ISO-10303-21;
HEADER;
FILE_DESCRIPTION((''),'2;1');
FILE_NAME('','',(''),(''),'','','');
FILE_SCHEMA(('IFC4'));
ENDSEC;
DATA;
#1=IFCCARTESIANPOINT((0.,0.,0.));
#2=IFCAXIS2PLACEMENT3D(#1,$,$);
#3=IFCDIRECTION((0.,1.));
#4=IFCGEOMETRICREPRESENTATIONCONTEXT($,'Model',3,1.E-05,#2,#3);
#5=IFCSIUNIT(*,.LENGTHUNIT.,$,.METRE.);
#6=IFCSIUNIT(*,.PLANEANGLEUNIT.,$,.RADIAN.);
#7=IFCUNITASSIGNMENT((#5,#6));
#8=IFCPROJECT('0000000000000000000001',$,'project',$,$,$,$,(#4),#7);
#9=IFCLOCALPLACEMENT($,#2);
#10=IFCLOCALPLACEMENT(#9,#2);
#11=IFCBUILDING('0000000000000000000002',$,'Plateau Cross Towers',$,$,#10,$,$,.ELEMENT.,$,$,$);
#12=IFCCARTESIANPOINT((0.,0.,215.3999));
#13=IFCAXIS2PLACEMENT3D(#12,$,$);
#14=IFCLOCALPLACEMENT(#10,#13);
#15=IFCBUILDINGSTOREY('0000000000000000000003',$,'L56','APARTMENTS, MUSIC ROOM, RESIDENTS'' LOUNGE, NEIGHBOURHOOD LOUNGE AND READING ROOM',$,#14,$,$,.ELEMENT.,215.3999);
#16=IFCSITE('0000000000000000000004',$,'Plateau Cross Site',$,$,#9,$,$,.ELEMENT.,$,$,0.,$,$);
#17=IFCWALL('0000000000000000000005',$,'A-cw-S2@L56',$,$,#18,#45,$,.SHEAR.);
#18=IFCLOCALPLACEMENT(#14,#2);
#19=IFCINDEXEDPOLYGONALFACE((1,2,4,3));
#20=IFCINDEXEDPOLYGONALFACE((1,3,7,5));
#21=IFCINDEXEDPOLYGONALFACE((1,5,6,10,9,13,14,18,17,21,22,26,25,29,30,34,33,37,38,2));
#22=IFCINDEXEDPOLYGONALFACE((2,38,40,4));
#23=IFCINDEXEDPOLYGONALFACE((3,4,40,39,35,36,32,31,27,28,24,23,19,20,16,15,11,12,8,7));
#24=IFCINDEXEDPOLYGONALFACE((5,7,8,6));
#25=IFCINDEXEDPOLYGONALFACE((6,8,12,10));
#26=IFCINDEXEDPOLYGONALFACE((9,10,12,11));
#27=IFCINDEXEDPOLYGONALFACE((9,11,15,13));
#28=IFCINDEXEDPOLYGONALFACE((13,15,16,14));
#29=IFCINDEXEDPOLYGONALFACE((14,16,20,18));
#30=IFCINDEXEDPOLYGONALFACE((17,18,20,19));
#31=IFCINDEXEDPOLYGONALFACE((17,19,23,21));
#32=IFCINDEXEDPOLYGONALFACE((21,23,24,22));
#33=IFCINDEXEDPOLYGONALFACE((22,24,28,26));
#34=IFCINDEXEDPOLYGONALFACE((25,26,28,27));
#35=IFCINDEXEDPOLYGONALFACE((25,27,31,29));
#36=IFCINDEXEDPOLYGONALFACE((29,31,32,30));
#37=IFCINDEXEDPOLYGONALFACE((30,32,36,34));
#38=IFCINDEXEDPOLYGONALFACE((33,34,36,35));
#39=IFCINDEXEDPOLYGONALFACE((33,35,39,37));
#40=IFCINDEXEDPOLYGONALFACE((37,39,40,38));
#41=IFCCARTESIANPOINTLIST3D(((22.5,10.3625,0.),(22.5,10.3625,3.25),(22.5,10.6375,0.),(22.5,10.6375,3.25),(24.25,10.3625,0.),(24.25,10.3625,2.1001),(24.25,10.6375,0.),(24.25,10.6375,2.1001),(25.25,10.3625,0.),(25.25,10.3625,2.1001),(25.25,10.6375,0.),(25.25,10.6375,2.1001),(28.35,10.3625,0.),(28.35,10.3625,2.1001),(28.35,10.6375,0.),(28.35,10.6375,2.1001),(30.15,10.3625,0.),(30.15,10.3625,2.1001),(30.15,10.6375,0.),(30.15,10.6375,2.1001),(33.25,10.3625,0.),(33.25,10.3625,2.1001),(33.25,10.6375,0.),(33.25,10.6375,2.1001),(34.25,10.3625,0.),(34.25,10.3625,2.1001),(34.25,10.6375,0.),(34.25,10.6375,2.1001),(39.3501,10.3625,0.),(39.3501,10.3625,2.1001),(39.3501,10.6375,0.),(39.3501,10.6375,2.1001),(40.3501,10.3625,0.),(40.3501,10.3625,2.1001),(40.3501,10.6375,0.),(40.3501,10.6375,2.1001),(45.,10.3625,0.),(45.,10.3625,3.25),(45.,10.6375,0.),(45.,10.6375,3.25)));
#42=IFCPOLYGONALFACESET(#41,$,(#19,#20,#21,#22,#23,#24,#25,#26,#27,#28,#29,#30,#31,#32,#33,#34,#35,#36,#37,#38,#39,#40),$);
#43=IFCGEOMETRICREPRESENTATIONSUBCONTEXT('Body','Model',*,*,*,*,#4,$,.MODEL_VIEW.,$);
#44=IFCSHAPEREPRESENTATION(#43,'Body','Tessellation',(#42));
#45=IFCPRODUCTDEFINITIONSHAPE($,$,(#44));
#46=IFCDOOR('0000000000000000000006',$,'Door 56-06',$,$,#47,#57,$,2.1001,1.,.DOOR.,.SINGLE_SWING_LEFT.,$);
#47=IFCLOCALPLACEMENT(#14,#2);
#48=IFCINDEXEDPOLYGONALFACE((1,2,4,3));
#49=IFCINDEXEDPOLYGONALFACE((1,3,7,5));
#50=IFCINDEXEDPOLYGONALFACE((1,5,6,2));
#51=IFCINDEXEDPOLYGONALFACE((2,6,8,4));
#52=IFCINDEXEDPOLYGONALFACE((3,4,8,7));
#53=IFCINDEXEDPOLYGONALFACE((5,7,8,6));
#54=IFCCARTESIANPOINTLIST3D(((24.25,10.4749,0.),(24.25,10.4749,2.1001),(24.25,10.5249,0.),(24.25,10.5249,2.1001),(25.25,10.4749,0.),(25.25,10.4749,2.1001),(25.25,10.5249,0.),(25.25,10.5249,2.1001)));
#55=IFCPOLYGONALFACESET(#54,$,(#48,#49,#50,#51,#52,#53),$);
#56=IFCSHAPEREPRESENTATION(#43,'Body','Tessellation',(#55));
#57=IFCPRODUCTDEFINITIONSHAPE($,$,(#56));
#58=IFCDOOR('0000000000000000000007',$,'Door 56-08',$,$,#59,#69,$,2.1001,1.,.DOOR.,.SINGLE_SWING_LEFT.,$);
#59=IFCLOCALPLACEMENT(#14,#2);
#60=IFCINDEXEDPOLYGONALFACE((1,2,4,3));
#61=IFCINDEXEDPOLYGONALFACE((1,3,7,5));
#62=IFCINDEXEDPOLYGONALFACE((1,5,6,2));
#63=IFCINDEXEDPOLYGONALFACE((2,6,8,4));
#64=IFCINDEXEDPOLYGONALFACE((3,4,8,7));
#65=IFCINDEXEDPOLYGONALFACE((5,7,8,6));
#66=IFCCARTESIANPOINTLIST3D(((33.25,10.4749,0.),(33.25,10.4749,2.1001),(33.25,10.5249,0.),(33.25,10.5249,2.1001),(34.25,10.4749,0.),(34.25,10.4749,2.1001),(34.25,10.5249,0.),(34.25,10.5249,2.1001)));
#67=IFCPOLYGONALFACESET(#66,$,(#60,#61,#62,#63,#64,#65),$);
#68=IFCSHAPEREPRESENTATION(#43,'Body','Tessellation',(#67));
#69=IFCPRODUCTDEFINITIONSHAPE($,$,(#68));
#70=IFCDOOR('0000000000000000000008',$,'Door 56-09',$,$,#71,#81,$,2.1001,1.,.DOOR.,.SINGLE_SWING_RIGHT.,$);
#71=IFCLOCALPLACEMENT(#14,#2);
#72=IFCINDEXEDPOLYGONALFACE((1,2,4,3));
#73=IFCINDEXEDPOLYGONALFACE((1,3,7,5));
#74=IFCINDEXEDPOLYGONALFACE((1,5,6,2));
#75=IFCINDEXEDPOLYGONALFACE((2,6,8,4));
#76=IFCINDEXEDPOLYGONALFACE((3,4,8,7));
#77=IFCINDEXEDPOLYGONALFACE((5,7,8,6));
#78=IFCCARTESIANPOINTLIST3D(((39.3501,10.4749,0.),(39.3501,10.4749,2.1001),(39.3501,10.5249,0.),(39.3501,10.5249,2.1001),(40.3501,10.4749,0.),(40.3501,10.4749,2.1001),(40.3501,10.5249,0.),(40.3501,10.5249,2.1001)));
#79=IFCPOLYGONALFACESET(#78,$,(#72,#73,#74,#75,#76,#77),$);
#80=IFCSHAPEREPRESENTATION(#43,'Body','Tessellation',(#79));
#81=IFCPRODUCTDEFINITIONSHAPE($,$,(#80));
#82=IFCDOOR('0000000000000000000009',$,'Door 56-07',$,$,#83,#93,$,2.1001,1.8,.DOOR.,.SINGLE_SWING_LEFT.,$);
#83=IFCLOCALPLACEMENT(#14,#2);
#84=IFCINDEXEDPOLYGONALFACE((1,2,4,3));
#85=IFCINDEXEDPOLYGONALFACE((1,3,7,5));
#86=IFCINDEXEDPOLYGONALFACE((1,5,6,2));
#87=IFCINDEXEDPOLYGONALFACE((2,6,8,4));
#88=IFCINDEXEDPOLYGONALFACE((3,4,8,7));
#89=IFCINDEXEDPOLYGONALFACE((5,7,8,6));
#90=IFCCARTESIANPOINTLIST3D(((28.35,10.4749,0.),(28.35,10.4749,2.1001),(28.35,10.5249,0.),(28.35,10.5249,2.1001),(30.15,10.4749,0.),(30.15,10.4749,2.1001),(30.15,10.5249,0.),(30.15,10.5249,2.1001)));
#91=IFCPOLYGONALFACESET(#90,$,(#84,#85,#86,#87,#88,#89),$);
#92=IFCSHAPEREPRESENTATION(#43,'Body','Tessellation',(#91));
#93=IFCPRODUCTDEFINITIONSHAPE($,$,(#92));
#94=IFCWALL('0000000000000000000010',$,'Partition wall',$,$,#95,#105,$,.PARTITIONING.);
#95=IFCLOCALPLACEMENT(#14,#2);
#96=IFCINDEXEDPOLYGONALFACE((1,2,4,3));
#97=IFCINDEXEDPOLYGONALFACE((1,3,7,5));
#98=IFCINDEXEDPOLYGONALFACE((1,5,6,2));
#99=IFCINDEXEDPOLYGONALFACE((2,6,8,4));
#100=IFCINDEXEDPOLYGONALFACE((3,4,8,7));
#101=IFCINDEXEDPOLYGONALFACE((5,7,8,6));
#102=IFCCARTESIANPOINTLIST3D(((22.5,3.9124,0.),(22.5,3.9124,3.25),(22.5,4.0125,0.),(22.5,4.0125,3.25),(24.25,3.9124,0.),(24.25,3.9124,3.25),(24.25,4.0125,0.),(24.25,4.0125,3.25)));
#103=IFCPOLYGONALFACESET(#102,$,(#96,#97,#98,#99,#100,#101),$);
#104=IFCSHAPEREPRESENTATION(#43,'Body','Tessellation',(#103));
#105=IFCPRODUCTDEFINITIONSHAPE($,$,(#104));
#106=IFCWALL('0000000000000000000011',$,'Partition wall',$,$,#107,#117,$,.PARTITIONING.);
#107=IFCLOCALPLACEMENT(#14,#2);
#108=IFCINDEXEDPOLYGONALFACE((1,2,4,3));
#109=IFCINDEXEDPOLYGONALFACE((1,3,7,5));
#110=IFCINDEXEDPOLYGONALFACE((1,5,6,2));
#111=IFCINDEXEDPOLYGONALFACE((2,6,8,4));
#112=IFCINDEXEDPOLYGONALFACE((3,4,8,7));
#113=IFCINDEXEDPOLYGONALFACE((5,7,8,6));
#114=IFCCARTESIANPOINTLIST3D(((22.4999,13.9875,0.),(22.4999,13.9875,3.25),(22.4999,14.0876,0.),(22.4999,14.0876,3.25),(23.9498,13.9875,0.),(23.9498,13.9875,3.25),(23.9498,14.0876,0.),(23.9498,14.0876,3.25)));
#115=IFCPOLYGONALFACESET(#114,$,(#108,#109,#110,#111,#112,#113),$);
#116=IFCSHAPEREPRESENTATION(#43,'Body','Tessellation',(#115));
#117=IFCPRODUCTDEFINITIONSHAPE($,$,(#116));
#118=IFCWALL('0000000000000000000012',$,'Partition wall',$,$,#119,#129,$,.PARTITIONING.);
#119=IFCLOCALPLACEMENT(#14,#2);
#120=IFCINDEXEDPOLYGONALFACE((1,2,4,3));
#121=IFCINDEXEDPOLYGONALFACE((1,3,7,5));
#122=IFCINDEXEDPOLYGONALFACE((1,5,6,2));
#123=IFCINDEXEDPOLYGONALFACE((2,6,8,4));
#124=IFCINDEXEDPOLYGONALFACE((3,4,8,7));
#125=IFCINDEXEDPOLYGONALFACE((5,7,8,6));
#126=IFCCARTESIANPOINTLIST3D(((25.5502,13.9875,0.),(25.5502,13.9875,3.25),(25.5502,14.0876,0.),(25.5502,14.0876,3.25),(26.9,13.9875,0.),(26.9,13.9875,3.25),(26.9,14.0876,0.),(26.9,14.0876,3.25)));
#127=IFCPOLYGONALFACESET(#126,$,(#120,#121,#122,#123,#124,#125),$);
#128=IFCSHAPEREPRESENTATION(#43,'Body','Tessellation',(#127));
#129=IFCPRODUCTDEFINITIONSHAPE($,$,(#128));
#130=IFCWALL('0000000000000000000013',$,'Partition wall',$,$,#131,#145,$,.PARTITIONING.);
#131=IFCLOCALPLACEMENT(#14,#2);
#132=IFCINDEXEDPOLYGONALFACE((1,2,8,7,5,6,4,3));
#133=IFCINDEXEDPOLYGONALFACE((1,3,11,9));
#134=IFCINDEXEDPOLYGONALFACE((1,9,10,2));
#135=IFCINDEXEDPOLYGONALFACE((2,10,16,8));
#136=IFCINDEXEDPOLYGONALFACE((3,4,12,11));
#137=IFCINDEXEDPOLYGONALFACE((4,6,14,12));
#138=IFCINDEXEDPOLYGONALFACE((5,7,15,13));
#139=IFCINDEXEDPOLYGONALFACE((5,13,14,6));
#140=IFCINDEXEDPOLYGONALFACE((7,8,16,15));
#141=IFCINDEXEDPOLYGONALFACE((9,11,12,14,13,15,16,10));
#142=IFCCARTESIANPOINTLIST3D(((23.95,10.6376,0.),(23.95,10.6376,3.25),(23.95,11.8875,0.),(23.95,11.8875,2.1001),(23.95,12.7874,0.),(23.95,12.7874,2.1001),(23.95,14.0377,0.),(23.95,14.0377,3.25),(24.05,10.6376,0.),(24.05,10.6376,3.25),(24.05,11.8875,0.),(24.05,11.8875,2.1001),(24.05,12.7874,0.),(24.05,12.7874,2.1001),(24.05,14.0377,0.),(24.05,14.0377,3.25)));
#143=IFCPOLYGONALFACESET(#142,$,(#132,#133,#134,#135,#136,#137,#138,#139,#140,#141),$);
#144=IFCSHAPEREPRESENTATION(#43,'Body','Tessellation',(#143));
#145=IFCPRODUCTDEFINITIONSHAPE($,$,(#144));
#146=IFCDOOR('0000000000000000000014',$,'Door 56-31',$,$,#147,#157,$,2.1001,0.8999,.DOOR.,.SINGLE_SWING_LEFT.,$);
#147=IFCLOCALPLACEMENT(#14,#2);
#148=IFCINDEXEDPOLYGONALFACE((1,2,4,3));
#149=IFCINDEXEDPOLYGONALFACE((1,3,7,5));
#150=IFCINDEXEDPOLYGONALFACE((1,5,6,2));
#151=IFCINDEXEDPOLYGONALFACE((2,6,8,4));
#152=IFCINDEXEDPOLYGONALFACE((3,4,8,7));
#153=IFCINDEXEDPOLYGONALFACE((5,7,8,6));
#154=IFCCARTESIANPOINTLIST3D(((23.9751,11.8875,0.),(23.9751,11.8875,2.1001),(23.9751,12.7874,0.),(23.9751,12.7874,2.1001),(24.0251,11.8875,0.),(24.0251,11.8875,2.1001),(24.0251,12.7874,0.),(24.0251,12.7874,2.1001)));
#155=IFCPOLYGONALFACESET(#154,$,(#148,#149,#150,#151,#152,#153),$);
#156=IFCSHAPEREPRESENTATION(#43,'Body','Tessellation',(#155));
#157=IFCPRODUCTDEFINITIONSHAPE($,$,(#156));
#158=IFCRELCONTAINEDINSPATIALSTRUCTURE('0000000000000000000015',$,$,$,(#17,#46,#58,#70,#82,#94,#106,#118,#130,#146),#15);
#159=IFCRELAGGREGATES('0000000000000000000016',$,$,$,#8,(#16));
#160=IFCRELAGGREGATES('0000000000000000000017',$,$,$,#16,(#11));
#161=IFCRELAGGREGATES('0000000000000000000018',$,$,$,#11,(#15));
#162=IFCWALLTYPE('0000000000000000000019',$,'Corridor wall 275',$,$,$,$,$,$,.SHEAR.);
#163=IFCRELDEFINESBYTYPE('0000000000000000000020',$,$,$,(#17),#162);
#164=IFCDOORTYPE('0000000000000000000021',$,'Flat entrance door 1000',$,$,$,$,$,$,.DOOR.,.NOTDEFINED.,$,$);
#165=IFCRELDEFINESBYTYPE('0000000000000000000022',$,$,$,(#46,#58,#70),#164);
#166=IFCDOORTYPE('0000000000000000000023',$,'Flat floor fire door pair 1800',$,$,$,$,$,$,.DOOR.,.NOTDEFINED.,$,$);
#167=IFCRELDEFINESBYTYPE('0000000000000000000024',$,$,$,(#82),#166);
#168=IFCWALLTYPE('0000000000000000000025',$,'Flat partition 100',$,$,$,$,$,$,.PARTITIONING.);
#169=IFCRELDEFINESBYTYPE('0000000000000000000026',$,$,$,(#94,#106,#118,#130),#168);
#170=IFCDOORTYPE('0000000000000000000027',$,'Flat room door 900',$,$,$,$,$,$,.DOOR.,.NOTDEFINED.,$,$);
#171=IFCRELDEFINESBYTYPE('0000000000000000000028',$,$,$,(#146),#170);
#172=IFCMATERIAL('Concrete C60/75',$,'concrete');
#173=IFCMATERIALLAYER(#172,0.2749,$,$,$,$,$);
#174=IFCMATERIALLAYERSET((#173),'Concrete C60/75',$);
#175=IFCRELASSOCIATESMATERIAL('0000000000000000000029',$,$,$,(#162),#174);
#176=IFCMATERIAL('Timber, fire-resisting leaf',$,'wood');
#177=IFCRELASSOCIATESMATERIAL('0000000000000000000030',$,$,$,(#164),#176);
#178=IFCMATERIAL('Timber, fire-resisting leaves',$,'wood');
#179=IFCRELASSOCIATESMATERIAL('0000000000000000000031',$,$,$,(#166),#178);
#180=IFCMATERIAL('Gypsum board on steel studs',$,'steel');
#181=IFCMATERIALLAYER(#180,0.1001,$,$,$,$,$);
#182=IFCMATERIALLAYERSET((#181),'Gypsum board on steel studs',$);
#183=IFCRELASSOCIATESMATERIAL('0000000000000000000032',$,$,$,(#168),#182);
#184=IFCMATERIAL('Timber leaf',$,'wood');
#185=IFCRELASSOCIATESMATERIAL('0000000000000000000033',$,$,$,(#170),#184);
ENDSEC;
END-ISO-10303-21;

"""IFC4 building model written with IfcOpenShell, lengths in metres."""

from ifc_helpers import new_model, si_unit, direction, frame, frame_2d, origin, place, context, subcontext, project, spatial, rectangle, extrude, material, layer, layer_set, type_object, element, fill, save


model = new_model("IFC4")

# Units and contexts
model_context = context("Model", 3, precision=1e-05, world=origin(), true_north=direction((0.0, 1.0)))
body_context = subcontext(model_context, "Body", "Model", "MODEL_VIEW")
ifc_project = project(units=[si_unit("LENGTHUNIT", "METRE"), si_unit("PLANEANGLEUNIT", "RADIAN")], contexts=[model_context])

# Site, building, storey
site_placement = place(None, origin())
site = spatial("IfcSite", under=ifc_project, at=site_placement, Name="Plateau Cross Site", CompositionType="ELEMENT", RefElevation=0.0)
building_placement = place(site_placement, origin())
building = spatial("IfcBuilding", under=site, at=building_placement, Name="Plateau Cross Towers", CompositionType="ELEMENT")
storey_placement = place(building_placement, frame((0.0, 0.0, 215.3999)))
storey = spatial("IfcBuildingStorey", under=building, at=storey_placement, Name="L56", Description="APARTMENTS, MUSIC ROOM, RESIDENTS' LOUNGE, NEIGHBOURHOOD LOUNGE AND READING ROOM", CompositionType="ELEMENT", Elevation=215.3999)

# Wall, openings, doors
ifc_material_1 = material(Name="Concrete C60/75", Category="concrete")
ifc_layer_1 = layer(ifc_material_1, 0.2749)
ifc_layer_set_1 = layer_set([ifc_layer_1], Name="Concrete C60/75")
wall_type_1 = type_object("IfcWallType", Name="Corridor wall 275", PredefinedType="SHEAR", material=ifc_layer_set_1)
ifc_material_2 = material(Name="Timber, fire-resisting leaf", Category="wood")
door_type_1 = type_object("IfcDoorType", Name="Flat entrance door 1000", OperationType="NOTDEFINED", PredefinedType="DOOR", material=ifc_material_2)
wall_1_placement = place(storey_placement, frame((22.5, 10.5, 0.0), z_axis=(0.0, 0.0, 1.0), x_axis=(1.0, 0.0, 0.0)))
wall_1 = element("IfcWall", 1, at=wall_1_placement, inside=storey, type_object=wall_type_1, Name="A-cw-S2@L56", PredefinedType="SHEAR", context=body_context, shape_type="SweptSolid", body=[
    extrude(rectangle(XDim=22.5, YDim=0.2749, at=frame_2d((11.25, 0.0))), origin(), (0.0, 0.0, 1.0), 3.25),
])
opening_1_placement = place(wall_1_placement, frame((1.75, 0.0, 0.0)))
opening_1 = element("IfcOpeningElement", 2, at=opening_1_placement, cuts=wall_1, PredefinedType="OPENING", context=body_context, shape_type="SweptSolid", body=[
    extrude(rectangle(XDim=1.0, YDim=2.1001, at=frame_2d((0.5, 1.05))), frame((0.0, 0.1475, 0.0), z_axis=(0.0, -1.0, 0.0), x_axis=(1.0, 0.0, 0.0)), (0.0, 0.0, 1.0), 0.2949),
])
opening_2_placement = place(wall_1_placement, frame((5.8501, 0.0, 0.0)))
opening_2 = element("IfcOpeningElement", 3, at=opening_2_placement, cuts=wall_1, PredefinedType="OPENING", context=body_context, shape_type="SweptSolid", body=[
    extrude(rectangle(XDim=1.8, YDim=2.1001, at=frame_2d((0.8999, 1.05))), frame((0.0, 0.1475, 0.0), z_axis=(0.0, -1.0, 0.0), x_axis=(1.0, 0.0, 0.0)), (0.0, 0.0, 1.0), 0.2949),
])
opening_3_placement = place(wall_1_placement, frame((10.75, 0.0, 0.0)))
opening_3 = element("IfcOpeningElement", 4, at=opening_3_placement, cuts=wall_1, PredefinedType="OPENING", context=body_context, shape_type="SweptSolid", body=[
    extrude(rectangle(XDim=1.0, YDim=2.1001, at=frame_2d((0.5, 1.05))), frame((0.0, 0.1475, 0.0), z_axis=(0.0, -1.0, 0.0), x_axis=(1.0, 0.0, 0.0)), (0.0, 0.0, 1.0), 0.2949),
])
opening_4_placement = place(wall_1_placement, frame((16.8501, 0.0, 0.0)))
opening_4 = element("IfcOpeningElement", 5, at=opening_4_placement, cuts=wall_1, PredefinedType="OPENING", context=body_context, shape_type="SweptSolid", body=[
    extrude(rectangle(XDim=1.0, YDim=2.1001, at=frame_2d((0.5, 1.05))), frame((0.0, 0.1475, 0.0), z_axis=(0.0, -1.0, 0.0), x_axis=(1.0, 0.0, 0.0)), (0.0, 0.0, 1.0), 0.2949),
])
door_1_placement = place(opening_1_placement, origin())
door_1 = element("IfcDoor", 6, at=door_1_placement, inside=storey, type_object=door_type_1, Name="Door 56-06", OperationType="SINGLE_SWING_LEFT", OverallHeight=2.1001, OverallWidth=1.0, PredefinedType="DOOR", context=body_context, shape_type="SweptSolid", body=[
    extrude(rectangle(XDim=1.0, YDim=2.1001, at=frame_2d((0.5, 1.05))), frame((0.0, 0.0249, 0.0), z_axis=(0.0, -1.0, 0.0), x_axis=(1.0, 0.0, 0.0)), (0.0, 0.0, 1.0), 0.05),
])
fill(opening_1, door_1)
door_2_placement = place(opening_3_placement, origin())
door_2 = element("IfcDoor", 7, at=door_2_placement, inside=storey, type_object=door_type_1, Name="Door 56-08", OperationType="SINGLE_SWING_LEFT", OverallHeight=2.1001, OverallWidth=1.0, PredefinedType="DOOR", context=body_context, shape_type="SweptSolid", body=[
    extrude(rectangle(XDim=1.0, YDim=2.1001, at=frame_2d((0.5, 1.05))), frame((0.0, 0.0249, 0.0), z_axis=(0.0, -1.0, 0.0), x_axis=(1.0, 0.0, 0.0)), (0.0, 0.0, 1.0), 0.05),
])
fill(opening_3, door_2)
door_3_placement = place(opening_4_placement, origin())
door_3 = element("IfcDoor", 8, at=door_3_placement, inside=storey, type_object=door_type_1, Name="Door 56-09", OperationType="SINGLE_SWING_RIGHT", OverallHeight=2.1001, OverallWidth=1.0, PredefinedType="DOOR", context=body_context, shape_type="SweptSolid", body=[
    extrude(rectangle(XDim=1.0, YDim=2.1001, at=frame_2d((0.5, 1.05))), frame((0.0, 0.0249, 0.0), z_axis=(0.0, -1.0, 0.0), x_axis=(1.0, 0.0, 0.0)), (0.0, 0.0, 1.0), 0.05),
])
fill(opening_4, door_3)
ifc_material_3 = material(Name="Timber, fire-resisting leaves", Category="wood")
door_type_2 = type_object("IfcDoorType", Name="Flat floor fire door pair 1800", OperationType="NOTDEFINED", PredefinedType="DOOR", material=ifc_material_3)
door_4_placement = place(opening_2_placement, origin())
door_4 = element("IfcDoor", 9, at=door_4_placement, inside=storey, type_object=door_type_2, Name="Door 56-07", OperationType="SINGLE_SWING_LEFT", OverallHeight=2.1001, OverallWidth=1.8, PredefinedType="DOOR", context=body_context, shape_type="SweptSolid", body=[
    extrude(rectangle(XDim=1.8, YDim=2.1001, at=frame_2d((0.8999, 1.05))), frame((0.0, 0.0249, 0.0), z_axis=(0.0, -1.0, 0.0), x_axis=(1.0, 0.0, 0.0)), (0.0, 0.0, 1.0), 0.05),
])
fill(opening_2, door_4)

# Walls
ifc_material_4 = material(Name="Gypsum board on steel studs", Category="steel")
ifc_layer_2 = layer(ifc_material_4, 0.1001)
ifc_layer_set_2 = layer_set([ifc_layer_2], Name="Gypsum board on steel studs")
wall_type_2 = type_object("IfcWallType", Name="Flat partition 100", PredefinedType="PARTITIONING", material=ifc_layer_set_2)
wall_2_placement = place(storey_placement, frame((22.5, 3.9624, 0.0), z_axis=(0.0, 0.0, 1.0), x_axis=(1.0, 0.0, 0.0)))
element("IfcWall", 10, at=wall_2_placement, inside=storey, type_object=wall_type_2, Name="Partition wall", PredefinedType="PARTITIONING", context=body_context, shape_type="SweptSolid", body=[
    extrude(rectangle(XDim=1.75, YDim=0.1001, at=frame_2d((0.875, 0.0))), origin(), (0.0, 0.0, 1.0), 3.25),
])
wall_3_placement = place(storey_placement, frame((23.95, 14.0376, 0.0), z_axis=(0.0, 0.0, 1.0), x_axis=(-1.0, 0.0, 0.0)))
element("IfcWall", 11, at=wall_3_placement, inside=storey, type_object=wall_type_2, Name="Partition wall", PredefinedType="PARTITIONING", context=body_context, shape_type="SweptSolid", body=[
    extrude(rectangle(XDim=1.45, YDim=0.1001, at=frame_2d((0.7251, 0.0))), origin(), (0.0, 0.0, 1.0), 3.25),
])
wall_4_placement = place(storey_placement, frame((26.8999, 14.0376, 0.0), z_axis=(0.0, 0.0, 1.0), x_axis=(-1.0, 0.0, 0.0)))
element("IfcWall", 12, at=wall_4_placement, inside=storey, type_object=wall_type_2, Name="Partition wall", PredefinedType="PARTITIONING", context=body_context, shape_type="SweptSolid", body=[
    extrude(rectangle(XDim=1.3499, YDim=0.1001, at=frame_2d((0.6748, 0.0))), origin(), (0.0, 0.0, 1.0), 3.25),
])

# Wall, opening, door
wall_5_placement = place(storey_placement, frame((24.0, 10.6375, 0.0), z_axis=(0.0, 0.0, 1.0), x_axis=(0.0, 1.0, 0.0)))
wall_5 = element("IfcWall", 13, at=wall_5_placement, inside=storey, type_object=wall_type_2, Name="Partition wall", PredefinedType="PARTITIONING", context=body_context, shape_type="SweptSolid", body=[
    extrude(rectangle(XDim=3.4001, YDim=0.1001, at=frame_2d((1.7002, 0.0))), origin(), (0.0, 0.0, 1.0), 3.25),
])
opening_5_placement = place(wall_5_placement, frame((1.25, 0.0, 0.0)))
opening_5 = element("IfcOpeningElement", 14, at=opening_5_placement, cuts=wall_5, PredefinedType="OPENING", context=body_context, shape_type="SweptSolid", body=[
    extrude(rectangle(XDim=0.8999, YDim=2.1001, at=frame_2d((0.45, 1.05))), frame((0.0, 0.0601, 0.0), z_axis=(0.0, -1.0, 0.0), x_axis=(1.0, 0.0, 0.0)), (0.0, 0.0, 1.0), 0.1201),
])
ifc_material_5 = material(Name="Timber leaf", Category="wood")
door_type_3 = type_object("IfcDoorType", Name="Flat room door 900", OperationType="NOTDEFINED", PredefinedType="DOOR", material=ifc_material_5)
door_5_placement = place(opening_5_placement, origin())
door_5 = element("IfcDoor", 15, at=door_5_placement, inside=storey, type_object=door_type_3, Name="Door 56-31", OperationType="SINGLE_SWING_LEFT", OverallHeight=2.1001, OverallWidth=0.8999, PredefinedType="DOOR", context=body_context, shape_type="SweptSolid", body=[
    extrude(rectangle(XDim=0.8999, YDim=2.1001, at=frame_2d((0.45, 1.05))), frame((0.0, 0.0249, 0.0), z_axis=(0.0, -1.0, 0.0), x_axis=(1.0, 0.0, 0.0)), (0.0, 0.0, 1.0), 0.05),
])
fill(opening_5, door_5)

save(model, "model.ifc")
